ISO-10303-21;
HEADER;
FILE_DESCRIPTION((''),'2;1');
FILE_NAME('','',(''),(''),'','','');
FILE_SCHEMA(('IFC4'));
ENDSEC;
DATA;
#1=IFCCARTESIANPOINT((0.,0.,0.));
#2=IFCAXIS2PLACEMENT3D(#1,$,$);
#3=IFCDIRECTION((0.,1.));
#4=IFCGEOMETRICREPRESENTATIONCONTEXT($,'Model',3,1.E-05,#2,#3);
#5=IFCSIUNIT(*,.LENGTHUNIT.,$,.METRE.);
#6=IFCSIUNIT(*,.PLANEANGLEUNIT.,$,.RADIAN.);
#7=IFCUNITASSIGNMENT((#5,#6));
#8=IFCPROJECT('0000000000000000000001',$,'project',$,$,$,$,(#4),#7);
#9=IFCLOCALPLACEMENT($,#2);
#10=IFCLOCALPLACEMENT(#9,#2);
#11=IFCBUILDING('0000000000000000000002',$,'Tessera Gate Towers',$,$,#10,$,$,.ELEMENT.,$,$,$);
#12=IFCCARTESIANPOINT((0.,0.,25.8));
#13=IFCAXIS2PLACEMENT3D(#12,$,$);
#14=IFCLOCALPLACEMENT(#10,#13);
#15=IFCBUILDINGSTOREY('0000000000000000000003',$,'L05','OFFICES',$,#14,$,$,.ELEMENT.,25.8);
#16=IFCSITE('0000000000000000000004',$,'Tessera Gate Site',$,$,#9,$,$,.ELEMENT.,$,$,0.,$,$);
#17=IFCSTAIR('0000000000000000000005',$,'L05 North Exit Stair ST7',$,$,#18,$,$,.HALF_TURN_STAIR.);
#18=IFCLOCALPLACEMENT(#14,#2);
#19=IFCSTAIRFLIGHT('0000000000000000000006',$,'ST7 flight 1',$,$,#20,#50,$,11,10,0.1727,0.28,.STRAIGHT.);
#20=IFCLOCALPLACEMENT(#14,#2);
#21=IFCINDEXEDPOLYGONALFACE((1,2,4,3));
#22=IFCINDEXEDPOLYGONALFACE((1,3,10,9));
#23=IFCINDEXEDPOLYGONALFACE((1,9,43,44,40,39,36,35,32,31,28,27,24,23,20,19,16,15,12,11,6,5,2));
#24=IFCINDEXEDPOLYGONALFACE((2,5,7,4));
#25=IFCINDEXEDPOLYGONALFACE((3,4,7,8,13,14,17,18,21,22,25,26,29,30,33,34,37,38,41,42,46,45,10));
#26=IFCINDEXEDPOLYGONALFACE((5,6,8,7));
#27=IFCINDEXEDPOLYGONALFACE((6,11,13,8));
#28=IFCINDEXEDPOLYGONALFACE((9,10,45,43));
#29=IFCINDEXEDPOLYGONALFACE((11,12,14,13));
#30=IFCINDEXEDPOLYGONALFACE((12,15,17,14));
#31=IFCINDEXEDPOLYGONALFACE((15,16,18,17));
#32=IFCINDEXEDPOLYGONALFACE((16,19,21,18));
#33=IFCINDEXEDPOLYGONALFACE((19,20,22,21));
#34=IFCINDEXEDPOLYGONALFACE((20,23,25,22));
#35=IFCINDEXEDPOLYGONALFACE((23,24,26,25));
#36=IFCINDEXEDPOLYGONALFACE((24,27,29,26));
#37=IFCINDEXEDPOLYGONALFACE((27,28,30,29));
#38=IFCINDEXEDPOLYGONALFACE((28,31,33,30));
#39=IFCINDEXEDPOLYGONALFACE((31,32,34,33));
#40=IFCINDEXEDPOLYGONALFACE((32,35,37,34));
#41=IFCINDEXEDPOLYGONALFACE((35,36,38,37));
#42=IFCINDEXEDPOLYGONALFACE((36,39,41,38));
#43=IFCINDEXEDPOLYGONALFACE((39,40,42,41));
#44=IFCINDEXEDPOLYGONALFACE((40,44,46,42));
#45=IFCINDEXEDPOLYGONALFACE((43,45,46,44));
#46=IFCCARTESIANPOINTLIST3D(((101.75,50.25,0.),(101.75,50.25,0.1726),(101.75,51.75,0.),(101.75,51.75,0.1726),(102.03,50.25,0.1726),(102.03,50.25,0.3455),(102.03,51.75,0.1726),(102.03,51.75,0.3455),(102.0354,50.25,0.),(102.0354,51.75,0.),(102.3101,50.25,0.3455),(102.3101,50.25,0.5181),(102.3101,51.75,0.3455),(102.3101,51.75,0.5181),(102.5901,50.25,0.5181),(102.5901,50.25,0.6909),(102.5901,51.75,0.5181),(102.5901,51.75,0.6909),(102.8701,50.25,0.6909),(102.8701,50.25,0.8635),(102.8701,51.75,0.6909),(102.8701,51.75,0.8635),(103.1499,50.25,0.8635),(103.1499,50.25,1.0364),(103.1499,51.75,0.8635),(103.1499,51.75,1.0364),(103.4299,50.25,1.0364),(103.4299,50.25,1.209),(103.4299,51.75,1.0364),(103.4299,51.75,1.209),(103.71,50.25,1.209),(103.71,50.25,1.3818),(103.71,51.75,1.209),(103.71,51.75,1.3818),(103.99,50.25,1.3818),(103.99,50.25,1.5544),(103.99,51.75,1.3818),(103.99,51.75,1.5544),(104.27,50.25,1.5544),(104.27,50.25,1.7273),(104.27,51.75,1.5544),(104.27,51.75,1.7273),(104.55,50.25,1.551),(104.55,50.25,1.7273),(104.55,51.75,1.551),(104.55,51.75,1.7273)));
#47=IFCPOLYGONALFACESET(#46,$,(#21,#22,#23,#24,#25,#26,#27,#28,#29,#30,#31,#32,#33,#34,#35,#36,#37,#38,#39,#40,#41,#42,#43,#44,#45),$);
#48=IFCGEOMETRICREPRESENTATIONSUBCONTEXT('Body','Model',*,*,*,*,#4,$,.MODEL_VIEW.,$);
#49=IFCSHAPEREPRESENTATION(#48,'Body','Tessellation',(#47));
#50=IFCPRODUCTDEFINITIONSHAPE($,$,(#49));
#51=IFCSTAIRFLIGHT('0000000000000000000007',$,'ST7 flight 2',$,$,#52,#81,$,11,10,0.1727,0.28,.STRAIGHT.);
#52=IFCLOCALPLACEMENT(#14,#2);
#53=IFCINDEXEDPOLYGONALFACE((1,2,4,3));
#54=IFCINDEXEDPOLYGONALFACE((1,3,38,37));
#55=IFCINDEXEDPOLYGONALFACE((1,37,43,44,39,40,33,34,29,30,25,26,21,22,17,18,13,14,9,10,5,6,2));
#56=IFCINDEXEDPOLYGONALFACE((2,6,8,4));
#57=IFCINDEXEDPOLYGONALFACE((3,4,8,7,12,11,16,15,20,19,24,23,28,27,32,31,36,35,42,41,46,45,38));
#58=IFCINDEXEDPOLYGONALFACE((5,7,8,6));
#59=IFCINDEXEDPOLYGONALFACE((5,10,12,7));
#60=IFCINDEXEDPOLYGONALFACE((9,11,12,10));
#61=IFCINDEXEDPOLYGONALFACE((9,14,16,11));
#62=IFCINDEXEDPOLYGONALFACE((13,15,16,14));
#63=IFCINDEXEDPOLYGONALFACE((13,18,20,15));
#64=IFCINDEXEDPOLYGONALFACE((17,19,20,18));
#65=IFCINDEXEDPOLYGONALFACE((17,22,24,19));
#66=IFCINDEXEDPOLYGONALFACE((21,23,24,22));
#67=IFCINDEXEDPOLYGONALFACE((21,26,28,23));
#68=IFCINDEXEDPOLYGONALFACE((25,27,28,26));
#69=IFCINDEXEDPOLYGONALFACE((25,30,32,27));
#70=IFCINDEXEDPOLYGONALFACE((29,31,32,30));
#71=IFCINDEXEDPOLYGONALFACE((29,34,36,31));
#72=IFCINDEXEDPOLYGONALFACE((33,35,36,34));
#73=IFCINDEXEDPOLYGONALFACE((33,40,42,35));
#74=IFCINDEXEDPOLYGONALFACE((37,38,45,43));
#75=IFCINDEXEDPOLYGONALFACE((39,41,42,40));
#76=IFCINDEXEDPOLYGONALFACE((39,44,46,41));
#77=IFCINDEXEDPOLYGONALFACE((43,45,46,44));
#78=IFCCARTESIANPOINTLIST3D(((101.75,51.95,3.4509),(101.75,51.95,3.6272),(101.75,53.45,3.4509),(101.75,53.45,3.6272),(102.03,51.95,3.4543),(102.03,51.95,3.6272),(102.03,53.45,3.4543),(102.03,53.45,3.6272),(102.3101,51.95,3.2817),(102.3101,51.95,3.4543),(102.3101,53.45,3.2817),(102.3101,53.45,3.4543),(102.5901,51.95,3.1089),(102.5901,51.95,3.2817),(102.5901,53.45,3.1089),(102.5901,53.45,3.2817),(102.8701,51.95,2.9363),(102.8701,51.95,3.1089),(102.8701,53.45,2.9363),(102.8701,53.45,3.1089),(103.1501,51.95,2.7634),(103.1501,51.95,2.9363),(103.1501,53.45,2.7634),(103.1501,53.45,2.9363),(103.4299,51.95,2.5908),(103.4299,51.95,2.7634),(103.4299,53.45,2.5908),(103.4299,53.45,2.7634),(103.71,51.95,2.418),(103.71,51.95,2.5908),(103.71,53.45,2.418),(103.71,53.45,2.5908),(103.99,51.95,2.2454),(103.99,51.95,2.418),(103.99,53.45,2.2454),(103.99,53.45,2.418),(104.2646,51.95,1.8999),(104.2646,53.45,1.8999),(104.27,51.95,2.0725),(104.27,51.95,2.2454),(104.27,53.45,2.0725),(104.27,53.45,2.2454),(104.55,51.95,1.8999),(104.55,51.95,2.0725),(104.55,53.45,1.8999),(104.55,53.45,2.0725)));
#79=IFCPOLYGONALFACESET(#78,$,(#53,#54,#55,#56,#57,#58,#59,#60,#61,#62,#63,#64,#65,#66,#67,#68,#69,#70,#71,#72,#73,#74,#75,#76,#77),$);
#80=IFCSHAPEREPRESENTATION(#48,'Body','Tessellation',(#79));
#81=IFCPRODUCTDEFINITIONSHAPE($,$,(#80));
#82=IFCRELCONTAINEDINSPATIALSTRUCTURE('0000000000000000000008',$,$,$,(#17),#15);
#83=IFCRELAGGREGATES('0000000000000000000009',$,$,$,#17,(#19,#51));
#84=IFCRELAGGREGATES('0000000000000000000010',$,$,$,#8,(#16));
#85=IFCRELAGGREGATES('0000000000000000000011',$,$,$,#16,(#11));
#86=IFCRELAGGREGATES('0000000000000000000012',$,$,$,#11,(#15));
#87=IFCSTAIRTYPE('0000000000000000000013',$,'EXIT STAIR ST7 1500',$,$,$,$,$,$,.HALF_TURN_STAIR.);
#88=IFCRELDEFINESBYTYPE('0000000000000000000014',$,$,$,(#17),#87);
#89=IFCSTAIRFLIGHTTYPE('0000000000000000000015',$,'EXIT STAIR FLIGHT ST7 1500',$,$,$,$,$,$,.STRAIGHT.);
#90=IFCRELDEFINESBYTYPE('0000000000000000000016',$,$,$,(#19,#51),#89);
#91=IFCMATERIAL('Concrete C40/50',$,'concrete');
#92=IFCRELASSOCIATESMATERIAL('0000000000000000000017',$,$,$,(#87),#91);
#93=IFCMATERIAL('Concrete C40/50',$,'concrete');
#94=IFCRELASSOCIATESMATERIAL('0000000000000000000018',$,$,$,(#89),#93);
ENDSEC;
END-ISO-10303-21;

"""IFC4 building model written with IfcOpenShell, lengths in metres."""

from ifc_helpers import new_model, si_unit, direction, frame, origin, place, context, subcontext, project, spatial, polyline, outline, extrude, material, type_object, element, aggregate, save


model = new_model("IFC4")

# Units and contexts
model_context = context("Model", 3, precision=1e-05, world=origin(), true_north=direction((0.0, 1.0)))
body_context = subcontext(model_context, "Body", "Model", "MODEL_VIEW")
ifc_project = project(units=[si_unit("LENGTHUNIT", "METRE"), si_unit("PLANEANGLEUNIT", "RADIAN")], contexts=[model_context])

# Site, building, storey
site_placement = place(None, origin())
site = spatial("IfcSite", under=ifc_project, at=site_placement, Name="Tessera Gate Site", CompositionType="ELEMENT", RefElevation=0.0)
building_placement = place(site_placement, origin())
building = spatial("IfcBuilding", under=site, at=building_placement, Name="Tessera Gate Towers", CompositionType="ELEMENT")
storey_placement = place(building_placement, frame((0.0, 0.0, 25.8)))
storey = spatial("IfcBuildingStorey", under=building, at=storey_placement, Name="L05", Description="OFFICES", CompositionType="ELEMENT", Elevation=25.8)

# Stair, stair flights
ifc_material_1 = material(Name="Concrete C40/50", Category="concrete")
stair_type = type_object("IfcStairType", Name="EXIT STAIR ST7 1500", PredefinedType="HALF_TURN_STAIR", material=ifc_material_1)
stair_placement = place(storey_placement, origin())
stair = element("IfcStair", 1, at=stair_placement, inside=storey, type_object=stair_type, Name="L05 North Exit Stair ST7", PredefinedType="HALF_TURN_STAIR")
ifc_material_2 = material(Name="Concrete C40/50", Category="concrete")
stair_flight_type = type_object("IfcStairFlightType", Name="EXIT STAIR FLIGHT ST7 1500", PredefinedType="STRAIGHT", material=ifc_material_2)
stair_flight_1_placement = place(storey_placement, frame((101.75, 51.0, 0.0), z_axis=(0.0, 0.0, 1.0), x_axis=(1.0, 0.0, 0.0)))
stair_flight_1 = element("IfcStairFlight", 2, at=stair_flight_1_placement, type_object=stair_flight_type, Name="ST7 flight 1", NumberOfRisers=11, NumberOfTreads=10, PredefinedType="STRAIGHT", RiserHeight=0.1727, TreadLength=0.28, context=body_context, shape_type="SweptSolid", body=[
    extrude(outline(polyline([(0.0, 0.0), (0.0, 0.1726), (0.28, 0.1726), (0.28, 0.3455), (0.5601, 0.3455), (0.5601, 0.5181), (0.8401, 0.5181), (0.8401, 0.6909), (1.1201, 0.6909), (1.1201, 0.8635), (1.3999, 0.8635), (1.3999, 1.0364), (1.6799, 1.0364), (1.6799, 1.209), (1.96, 1.209), (1.96, 1.3818), (2.24, 1.3818), (2.24, 1.5544), (2.52, 1.5544), (2.52, 1.7273), (2.8, 1.7273), (2.8, 1.8999), (2.8, 1.551), (0.2854, 0.0), (0.0, 0.0)])), frame((0.0, 0.75, 0.0), z_axis=(0.0, -1.0, 0.0), x_axis=(1.0, 0.0, 0.0)), (0.0, 0.0, 1.0), 1.5),
])
stair_flight_2_placement = place(storey_placement, frame((104.55, 52.7, 1.8999), z_axis=(0.0, 0.0, 1.0), x_axis=(-1.0, 0.0, 0.0)))
stair_flight_2 = element("IfcStairFlight", 3, at=stair_flight_2_placement, type_object=stair_flight_type, Name="ST7 flight 2", NumberOfRisers=11, NumberOfTreads=10, PredefinedType="STRAIGHT", RiserHeight=0.1727, TreadLength=0.28, context=body_context, shape_type="SweptSolid", body=[
    extrude(outline(polyline([(0.0, 0.0), (0.0, 0.1726), (0.28, 0.1726), (0.28, 0.3455), (0.5601, 0.3455), (0.5601, 0.5181), (0.8401, 0.5181), (0.8401, 0.6909), (1.1201, 0.6909), (1.1201, 0.8635), (1.3999, 0.8635), (1.3999, 1.0364), (1.6799, 1.0364), (1.6799, 1.209), (1.96, 1.209), (1.96, 1.3818), (2.24, 1.3818), (2.24, 1.5544), (2.52, 1.5544), (2.52, 1.7273), (2.8, 1.7273), (2.8, 1.8999), (2.8, 1.551), (0.2854, 0.0), (0.0, 0.0)])), frame((0.0, 0.75, 0.0), z_axis=(0.0, -1.0, 0.0), x_axis=(1.0, 0.0, 0.0)), (0.0, 0.0, 1.0), 1.5),
])
aggregate(stair, [stair_flight_1, stair_flight_2])

save(model, "model.ifc")
